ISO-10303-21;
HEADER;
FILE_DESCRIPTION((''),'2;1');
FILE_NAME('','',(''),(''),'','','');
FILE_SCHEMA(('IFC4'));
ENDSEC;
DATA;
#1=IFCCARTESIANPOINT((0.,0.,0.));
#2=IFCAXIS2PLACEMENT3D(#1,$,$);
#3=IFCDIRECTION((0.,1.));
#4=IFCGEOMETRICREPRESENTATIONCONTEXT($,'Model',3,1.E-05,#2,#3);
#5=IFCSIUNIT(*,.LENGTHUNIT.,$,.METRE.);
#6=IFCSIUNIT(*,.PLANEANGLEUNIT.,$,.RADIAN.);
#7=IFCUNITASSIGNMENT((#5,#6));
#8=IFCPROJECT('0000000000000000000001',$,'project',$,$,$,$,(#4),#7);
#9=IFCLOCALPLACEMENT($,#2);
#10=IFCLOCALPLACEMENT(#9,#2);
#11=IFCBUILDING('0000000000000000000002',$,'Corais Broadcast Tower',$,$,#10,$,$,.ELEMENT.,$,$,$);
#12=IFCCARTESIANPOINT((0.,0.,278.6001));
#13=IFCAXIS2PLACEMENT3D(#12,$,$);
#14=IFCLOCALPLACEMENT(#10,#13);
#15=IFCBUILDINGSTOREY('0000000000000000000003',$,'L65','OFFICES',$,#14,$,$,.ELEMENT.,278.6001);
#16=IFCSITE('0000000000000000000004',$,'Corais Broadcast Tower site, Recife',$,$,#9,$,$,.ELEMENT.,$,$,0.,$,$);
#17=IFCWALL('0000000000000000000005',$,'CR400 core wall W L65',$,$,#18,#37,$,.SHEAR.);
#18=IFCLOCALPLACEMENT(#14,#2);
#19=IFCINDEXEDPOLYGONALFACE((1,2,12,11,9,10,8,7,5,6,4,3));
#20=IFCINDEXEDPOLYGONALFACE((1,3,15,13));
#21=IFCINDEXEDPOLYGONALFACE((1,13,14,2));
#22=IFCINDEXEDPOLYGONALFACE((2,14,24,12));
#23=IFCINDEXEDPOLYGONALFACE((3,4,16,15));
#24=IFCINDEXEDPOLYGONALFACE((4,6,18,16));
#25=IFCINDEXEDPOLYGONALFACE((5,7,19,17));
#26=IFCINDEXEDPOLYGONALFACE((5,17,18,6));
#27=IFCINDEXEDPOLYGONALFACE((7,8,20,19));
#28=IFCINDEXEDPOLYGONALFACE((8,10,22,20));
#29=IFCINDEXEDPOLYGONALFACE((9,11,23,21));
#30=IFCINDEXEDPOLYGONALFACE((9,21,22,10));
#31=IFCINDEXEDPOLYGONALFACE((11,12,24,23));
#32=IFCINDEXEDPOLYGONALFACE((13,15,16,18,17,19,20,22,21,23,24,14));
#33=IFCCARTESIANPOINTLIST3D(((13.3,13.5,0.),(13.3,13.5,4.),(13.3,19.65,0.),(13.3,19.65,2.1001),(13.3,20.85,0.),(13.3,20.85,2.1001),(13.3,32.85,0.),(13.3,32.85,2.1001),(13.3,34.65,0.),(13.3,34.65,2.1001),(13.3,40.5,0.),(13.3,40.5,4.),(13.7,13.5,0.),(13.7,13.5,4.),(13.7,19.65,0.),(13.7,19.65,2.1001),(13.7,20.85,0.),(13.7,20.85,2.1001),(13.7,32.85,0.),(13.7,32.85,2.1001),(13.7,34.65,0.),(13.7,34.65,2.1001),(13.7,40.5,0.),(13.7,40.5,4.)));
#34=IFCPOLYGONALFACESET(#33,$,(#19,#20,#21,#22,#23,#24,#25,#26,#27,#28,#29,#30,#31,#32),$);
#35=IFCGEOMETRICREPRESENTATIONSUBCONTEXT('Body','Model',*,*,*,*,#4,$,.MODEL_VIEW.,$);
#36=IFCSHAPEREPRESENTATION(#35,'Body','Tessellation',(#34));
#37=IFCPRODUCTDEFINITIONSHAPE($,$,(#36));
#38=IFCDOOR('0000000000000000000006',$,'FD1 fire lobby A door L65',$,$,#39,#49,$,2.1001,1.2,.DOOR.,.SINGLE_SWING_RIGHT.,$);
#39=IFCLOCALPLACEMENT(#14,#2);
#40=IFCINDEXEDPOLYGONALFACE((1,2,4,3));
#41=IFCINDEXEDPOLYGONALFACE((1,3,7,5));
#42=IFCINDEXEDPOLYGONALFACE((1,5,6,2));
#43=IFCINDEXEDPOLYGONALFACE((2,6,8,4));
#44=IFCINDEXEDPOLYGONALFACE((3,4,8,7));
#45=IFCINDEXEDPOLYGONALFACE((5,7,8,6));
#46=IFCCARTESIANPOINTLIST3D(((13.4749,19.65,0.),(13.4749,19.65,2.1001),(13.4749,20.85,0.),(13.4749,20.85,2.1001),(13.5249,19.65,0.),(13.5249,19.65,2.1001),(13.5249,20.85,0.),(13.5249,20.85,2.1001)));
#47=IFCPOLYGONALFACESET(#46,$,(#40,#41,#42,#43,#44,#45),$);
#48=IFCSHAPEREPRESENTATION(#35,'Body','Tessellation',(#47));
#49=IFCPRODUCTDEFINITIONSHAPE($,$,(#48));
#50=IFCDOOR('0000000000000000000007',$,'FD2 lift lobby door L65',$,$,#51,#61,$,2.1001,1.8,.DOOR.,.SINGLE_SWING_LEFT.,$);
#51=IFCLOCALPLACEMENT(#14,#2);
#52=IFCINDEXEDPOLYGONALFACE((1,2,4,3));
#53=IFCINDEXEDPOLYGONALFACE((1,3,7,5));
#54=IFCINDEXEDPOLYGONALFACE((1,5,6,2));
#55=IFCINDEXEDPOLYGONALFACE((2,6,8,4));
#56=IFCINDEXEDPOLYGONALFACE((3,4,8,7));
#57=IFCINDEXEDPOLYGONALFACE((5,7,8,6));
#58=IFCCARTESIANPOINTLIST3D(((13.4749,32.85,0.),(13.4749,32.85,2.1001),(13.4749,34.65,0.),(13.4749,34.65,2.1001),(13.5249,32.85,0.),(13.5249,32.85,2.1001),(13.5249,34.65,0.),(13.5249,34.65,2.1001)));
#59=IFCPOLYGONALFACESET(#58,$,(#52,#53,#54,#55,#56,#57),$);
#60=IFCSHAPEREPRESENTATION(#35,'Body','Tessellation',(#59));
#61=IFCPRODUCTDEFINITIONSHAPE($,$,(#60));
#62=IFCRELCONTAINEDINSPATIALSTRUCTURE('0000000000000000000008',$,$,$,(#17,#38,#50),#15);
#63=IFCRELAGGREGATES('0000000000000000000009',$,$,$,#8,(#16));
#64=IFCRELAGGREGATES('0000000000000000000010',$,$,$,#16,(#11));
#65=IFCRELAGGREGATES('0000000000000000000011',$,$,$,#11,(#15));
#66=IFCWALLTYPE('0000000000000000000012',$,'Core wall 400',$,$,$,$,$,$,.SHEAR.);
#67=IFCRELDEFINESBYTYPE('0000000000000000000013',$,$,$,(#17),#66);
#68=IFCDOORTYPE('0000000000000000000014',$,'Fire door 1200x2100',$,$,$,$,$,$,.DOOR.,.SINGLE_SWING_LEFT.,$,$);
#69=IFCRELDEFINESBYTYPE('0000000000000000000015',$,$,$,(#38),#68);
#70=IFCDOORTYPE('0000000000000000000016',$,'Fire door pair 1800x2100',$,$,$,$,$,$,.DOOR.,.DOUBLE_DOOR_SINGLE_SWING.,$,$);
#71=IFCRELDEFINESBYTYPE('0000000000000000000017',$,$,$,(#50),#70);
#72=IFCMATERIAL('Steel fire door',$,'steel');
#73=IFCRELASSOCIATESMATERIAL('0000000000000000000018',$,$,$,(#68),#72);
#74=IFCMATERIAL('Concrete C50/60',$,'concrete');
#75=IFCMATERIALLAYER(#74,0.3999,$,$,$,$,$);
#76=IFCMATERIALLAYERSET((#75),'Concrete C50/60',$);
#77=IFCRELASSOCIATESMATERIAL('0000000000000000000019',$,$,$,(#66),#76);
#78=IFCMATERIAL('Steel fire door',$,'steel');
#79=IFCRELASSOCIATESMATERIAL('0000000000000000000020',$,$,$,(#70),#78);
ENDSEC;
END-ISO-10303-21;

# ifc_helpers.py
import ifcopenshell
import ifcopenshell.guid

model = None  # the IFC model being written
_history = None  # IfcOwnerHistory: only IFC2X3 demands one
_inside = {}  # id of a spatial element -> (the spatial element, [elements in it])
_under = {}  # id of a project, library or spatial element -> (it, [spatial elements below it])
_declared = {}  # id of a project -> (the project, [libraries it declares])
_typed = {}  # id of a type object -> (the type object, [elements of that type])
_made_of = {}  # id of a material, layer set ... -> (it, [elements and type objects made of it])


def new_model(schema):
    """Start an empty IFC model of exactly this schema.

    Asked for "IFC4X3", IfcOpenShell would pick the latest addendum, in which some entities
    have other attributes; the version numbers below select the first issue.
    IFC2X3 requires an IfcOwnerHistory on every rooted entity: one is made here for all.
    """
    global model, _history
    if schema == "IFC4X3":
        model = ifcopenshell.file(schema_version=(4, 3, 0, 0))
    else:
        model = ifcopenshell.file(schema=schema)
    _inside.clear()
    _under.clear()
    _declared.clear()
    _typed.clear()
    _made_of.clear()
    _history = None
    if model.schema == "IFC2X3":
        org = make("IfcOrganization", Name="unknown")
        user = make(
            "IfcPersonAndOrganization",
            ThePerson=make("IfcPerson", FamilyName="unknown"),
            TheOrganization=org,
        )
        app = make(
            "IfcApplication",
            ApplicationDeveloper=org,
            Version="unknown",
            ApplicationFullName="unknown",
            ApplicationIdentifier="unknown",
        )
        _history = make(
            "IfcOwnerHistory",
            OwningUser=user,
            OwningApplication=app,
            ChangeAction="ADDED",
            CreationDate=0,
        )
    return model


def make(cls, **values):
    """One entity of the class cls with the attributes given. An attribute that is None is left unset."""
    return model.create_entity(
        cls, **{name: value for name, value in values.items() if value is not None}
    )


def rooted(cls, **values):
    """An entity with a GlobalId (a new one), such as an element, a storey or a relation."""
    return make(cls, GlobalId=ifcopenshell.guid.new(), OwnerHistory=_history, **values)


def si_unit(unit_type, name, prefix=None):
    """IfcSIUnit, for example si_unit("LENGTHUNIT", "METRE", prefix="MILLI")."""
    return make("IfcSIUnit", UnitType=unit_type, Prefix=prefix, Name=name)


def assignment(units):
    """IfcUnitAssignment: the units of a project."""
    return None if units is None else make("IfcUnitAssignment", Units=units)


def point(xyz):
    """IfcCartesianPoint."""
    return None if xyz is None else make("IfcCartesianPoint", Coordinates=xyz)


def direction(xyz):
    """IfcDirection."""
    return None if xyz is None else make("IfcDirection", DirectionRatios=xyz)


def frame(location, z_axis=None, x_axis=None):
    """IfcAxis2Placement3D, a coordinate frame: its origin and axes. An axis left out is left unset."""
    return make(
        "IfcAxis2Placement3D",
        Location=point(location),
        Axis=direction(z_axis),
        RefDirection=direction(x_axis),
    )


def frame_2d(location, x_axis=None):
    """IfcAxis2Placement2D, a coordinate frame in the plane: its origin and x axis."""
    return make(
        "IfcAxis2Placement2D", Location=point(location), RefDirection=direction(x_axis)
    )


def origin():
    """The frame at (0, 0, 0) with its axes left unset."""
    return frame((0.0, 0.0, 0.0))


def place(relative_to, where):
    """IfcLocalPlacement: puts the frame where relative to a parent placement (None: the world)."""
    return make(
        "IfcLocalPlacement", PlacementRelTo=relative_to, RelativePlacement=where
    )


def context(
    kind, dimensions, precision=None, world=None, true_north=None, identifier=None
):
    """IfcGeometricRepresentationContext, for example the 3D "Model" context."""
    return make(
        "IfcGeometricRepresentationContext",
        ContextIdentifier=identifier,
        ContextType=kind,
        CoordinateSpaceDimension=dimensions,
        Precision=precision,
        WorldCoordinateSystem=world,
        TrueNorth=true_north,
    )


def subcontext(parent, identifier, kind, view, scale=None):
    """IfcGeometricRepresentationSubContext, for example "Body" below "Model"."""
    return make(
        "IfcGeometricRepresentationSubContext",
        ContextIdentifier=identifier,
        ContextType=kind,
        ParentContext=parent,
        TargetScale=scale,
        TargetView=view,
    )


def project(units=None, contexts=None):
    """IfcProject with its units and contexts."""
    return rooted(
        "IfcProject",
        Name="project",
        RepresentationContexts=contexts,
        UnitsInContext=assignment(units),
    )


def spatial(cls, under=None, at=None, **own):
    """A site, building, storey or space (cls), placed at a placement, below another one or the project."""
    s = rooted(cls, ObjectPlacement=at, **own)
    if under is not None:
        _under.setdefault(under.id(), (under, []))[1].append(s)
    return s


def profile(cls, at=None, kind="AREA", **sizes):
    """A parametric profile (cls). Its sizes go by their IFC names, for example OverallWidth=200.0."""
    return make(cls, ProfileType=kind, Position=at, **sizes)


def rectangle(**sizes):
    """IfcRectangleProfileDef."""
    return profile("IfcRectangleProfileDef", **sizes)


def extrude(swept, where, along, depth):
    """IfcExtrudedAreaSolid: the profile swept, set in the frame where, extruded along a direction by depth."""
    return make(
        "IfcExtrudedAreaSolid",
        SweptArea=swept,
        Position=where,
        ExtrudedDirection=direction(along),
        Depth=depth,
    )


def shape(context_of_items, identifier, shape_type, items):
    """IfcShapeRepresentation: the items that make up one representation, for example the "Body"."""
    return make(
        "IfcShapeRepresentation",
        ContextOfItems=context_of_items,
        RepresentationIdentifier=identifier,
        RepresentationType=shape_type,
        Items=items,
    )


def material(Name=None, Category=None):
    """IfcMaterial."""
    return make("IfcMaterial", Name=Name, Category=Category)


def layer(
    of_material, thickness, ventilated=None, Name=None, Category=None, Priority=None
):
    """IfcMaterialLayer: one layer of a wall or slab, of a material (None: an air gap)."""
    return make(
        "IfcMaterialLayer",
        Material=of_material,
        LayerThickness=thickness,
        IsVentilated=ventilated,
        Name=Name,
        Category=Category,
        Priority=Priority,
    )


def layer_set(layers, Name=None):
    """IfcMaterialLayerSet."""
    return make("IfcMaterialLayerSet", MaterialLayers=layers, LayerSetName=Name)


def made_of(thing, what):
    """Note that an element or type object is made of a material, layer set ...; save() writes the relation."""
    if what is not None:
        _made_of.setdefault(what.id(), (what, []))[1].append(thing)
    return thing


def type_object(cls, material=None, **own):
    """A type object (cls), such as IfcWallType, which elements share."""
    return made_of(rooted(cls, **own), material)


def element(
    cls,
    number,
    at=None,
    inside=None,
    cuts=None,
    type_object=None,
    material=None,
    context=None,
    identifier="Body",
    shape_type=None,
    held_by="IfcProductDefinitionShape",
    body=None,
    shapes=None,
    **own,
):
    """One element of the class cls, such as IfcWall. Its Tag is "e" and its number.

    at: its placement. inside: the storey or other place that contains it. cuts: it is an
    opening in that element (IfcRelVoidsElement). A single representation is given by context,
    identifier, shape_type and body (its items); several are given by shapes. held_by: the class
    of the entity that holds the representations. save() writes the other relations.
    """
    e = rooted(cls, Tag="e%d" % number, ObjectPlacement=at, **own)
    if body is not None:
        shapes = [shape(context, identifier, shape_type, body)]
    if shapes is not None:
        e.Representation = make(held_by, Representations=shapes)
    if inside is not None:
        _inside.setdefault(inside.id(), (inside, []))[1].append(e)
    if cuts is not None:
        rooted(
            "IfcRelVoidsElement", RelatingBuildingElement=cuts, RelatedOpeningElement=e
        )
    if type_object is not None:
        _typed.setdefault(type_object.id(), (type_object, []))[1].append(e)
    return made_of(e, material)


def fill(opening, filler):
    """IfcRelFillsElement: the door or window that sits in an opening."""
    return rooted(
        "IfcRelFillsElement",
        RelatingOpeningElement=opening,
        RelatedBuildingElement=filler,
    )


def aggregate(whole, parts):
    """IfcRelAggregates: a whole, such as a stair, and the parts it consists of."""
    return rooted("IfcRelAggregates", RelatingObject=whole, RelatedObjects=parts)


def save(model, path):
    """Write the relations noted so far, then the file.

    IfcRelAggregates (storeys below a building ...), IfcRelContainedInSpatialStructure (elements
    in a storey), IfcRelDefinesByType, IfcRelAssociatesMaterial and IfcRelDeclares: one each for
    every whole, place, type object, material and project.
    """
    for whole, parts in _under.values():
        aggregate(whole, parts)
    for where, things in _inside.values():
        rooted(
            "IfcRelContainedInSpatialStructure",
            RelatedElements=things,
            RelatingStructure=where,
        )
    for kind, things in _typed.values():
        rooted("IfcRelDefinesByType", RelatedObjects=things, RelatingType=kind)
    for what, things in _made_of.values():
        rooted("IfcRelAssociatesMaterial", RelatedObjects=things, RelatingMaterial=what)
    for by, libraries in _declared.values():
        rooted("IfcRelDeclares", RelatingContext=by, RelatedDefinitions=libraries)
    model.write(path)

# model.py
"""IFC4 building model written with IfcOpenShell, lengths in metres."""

from ifc_helpers import new_model, si_unit, direction, frame, frame_2d, origin, place, context, subcontext, project, spatial, rectangle, extrude, material, layer, layer_set, type_object, element, fill, save


model = new_model("IFC4")

# Units and contexts
model_context = context("Model", 3, precision=1e-05, world=origin(), true_north=direction((0.0, 1.0)))
body_context = subcontext(model_context, "Body", "Model", "MODEL_VIEW")
ifc_project = project(units=[si_unit("LENGTHUNIT", "METRE"), si_unit("PLANEANGLEUNIT", "RADIAN")], contexts=[model_context])

# Site, building, storey
site_placement = place(None, origin())
site = spatial("IfcSite", under=ifc_project, at=site_placement, Name="Corais Broadcast Tower site, Recife", CompositionType="ELEMENT", RefElevation=0.0)
building_placement = place(site_placement, origin())
building = spatial("IfcBuilding", under=site, at=building_placement, Name="Corais Broadcast Tower", CompositionType="ELEMENT")
storey_placement = place(building_placement, frame((0.0, 0.0, 278.6001)))
storey = spatial("IfcBuildingStorey", under=building, at=storey_placement, Name="L65", Description="OFFICES", CompositionType="ELEMENT", Elevation=278.6001)

# Wall, openings, doors
ifc_material_1 = material(Name="Steel fire door", Category="steel")
door_type_1 = type_object("IfcDoorType", Name="Fire door 1200x2100", OperationType="SINGLE_SWING_LEFT", PredefinedType="DOOR", material=ifc_material_1)
ifc_material_2 = material(Name="Concrete C50/60", Category="concrete")
ifc_layer_1 = layer(ifc_material_2, 0.3999)
ifc_layer_set_1 = layer_set([ifc_layer_1], Name="Concrete C50/60")
wall_type_1 = type_object("IfcWallType", Name="Core wall 400", PredefinedType="SHEAR", material=ifc_layer_set_1)
wall_1_placement = place(storey_placement, frame((13.5, 40.5, 0.0), z_axis=(0.0, 0.0, 1.0), x_axis=(0.0, -1.0, 0.0)))
wall_1 = element("IfcWall", 1, at=wall_1_placement, inside=storey, type_object=wall_type_1, Name="CR400 core wall W L65", PredefinedType="SHEAR", context=body_context, shape_type="SweptSolid", body=[
    extrude(rectangle(XDim=27.0, YDim=0.3999, at=frame_2d((13.5, 0.0))), origin(), (0.0, 0.0, 1.0), 4.0),
])
opening_1_placement = place(wall_1_placement, frame((19.6499, 0.0, 0.0)))
opening_1 = element("IfcOpeningElement", 2, at=opening_1_placement, cuts=wall_1, PredefinedType="OPENING", context=body_context, shape_type="SweptSolid", body=[
    extrude(rectangle(XDim=1.2, YDim=2.1001, at=frame_2d((0.6001, 1.05))), frame((0.0, 0.21, 0.0), z_axis=(0.0, -1.0, 0.0), x_axis=(1.0, 0.0, 0.0)), (0.0, 0.0, 1.0), 0.4199),
])
opening_2_placement = place(wall_1_placement, frame((5.8501, 0.0, 0.0)))
opening_2 = element("IfcOpeningElement", 3, at=opening_2_placement, cuts=wall_1, PredefinedType="OPENING", context=body_context, shape_type="SweptSolid", body=[
    extrude(rectangle(XDim=1.8, YDim=2.1001, at=frame_2d((0.8999, 1.05))), frame((0.0, 0.21, 0.0), z_axis=(0.0, -1.0, 0.0), x_axis=(1.0, 0.0, 0.0)), (0.0, 0.0, 1.0), 0.4199),
])
door_1_placement = place(opening_1_placement, origin())
door_1 = element("IfcDoor", 4, at=door_1_placement, inside=storey, type_object=door_type_1, Name="FD1 fire lobby A door L65", OperationType="SINGLE_SWING_RIGHT", OverallHeight=2.1001, OverallWidth=1.2, PredefinedType="DOOR", context=body_context, shape_type="SweptSolid", body=[
    extrude(rectangle(XDim=1.2, YDim=2.1001, at=frame_2d((0.6001, 1.05))), frame((0.0, 0.0249, 0.0), z_axis=(0.0, -1.0, 0.0), x_axis=(1.0, 0.0, 0.0)), (0.0, 0.0, 1.0), 0.05),
])
fill(opening_1, door_1)
ifc_material_3 = material(Name="Steel fire door", Category="steel")
door_type_2 = type_object("IfcDoorType", Name="Fire door pair 1800x2100", OperationType="DOUBLE_DOOR_SINGLE_SWING", PredefinedType="DOOR", material=ifc_material_3)
door_2_placement = place(opening_2_placement, origin())
door_2 = element("IfcDoor", 5, at=door_2_placement, inside=storey, type_object=door_type_2, Name="FD2 lift lobby door L65", OperationType="SINGLE_SWING_LEFT", OverallHeight=2.1001, OverallWidth=1.8, PredefinedType="DOOR", context=body_context, shape_type="SweptSolid", body=[
    extrude(rectangle(XDim=1.8, YDim=2.1001, at=frame_2d((0.8999, 1.05))), frame((0.0, 0.0249, 0.0), z_axis=(0.0, -1.0, 0.0), x_axis=(1.0, 0.0, 0.0)), (0.0, 0.0, 1.0), 0.05),
])
fill(opening_2, door_2)

save(model, "model.ifc")
